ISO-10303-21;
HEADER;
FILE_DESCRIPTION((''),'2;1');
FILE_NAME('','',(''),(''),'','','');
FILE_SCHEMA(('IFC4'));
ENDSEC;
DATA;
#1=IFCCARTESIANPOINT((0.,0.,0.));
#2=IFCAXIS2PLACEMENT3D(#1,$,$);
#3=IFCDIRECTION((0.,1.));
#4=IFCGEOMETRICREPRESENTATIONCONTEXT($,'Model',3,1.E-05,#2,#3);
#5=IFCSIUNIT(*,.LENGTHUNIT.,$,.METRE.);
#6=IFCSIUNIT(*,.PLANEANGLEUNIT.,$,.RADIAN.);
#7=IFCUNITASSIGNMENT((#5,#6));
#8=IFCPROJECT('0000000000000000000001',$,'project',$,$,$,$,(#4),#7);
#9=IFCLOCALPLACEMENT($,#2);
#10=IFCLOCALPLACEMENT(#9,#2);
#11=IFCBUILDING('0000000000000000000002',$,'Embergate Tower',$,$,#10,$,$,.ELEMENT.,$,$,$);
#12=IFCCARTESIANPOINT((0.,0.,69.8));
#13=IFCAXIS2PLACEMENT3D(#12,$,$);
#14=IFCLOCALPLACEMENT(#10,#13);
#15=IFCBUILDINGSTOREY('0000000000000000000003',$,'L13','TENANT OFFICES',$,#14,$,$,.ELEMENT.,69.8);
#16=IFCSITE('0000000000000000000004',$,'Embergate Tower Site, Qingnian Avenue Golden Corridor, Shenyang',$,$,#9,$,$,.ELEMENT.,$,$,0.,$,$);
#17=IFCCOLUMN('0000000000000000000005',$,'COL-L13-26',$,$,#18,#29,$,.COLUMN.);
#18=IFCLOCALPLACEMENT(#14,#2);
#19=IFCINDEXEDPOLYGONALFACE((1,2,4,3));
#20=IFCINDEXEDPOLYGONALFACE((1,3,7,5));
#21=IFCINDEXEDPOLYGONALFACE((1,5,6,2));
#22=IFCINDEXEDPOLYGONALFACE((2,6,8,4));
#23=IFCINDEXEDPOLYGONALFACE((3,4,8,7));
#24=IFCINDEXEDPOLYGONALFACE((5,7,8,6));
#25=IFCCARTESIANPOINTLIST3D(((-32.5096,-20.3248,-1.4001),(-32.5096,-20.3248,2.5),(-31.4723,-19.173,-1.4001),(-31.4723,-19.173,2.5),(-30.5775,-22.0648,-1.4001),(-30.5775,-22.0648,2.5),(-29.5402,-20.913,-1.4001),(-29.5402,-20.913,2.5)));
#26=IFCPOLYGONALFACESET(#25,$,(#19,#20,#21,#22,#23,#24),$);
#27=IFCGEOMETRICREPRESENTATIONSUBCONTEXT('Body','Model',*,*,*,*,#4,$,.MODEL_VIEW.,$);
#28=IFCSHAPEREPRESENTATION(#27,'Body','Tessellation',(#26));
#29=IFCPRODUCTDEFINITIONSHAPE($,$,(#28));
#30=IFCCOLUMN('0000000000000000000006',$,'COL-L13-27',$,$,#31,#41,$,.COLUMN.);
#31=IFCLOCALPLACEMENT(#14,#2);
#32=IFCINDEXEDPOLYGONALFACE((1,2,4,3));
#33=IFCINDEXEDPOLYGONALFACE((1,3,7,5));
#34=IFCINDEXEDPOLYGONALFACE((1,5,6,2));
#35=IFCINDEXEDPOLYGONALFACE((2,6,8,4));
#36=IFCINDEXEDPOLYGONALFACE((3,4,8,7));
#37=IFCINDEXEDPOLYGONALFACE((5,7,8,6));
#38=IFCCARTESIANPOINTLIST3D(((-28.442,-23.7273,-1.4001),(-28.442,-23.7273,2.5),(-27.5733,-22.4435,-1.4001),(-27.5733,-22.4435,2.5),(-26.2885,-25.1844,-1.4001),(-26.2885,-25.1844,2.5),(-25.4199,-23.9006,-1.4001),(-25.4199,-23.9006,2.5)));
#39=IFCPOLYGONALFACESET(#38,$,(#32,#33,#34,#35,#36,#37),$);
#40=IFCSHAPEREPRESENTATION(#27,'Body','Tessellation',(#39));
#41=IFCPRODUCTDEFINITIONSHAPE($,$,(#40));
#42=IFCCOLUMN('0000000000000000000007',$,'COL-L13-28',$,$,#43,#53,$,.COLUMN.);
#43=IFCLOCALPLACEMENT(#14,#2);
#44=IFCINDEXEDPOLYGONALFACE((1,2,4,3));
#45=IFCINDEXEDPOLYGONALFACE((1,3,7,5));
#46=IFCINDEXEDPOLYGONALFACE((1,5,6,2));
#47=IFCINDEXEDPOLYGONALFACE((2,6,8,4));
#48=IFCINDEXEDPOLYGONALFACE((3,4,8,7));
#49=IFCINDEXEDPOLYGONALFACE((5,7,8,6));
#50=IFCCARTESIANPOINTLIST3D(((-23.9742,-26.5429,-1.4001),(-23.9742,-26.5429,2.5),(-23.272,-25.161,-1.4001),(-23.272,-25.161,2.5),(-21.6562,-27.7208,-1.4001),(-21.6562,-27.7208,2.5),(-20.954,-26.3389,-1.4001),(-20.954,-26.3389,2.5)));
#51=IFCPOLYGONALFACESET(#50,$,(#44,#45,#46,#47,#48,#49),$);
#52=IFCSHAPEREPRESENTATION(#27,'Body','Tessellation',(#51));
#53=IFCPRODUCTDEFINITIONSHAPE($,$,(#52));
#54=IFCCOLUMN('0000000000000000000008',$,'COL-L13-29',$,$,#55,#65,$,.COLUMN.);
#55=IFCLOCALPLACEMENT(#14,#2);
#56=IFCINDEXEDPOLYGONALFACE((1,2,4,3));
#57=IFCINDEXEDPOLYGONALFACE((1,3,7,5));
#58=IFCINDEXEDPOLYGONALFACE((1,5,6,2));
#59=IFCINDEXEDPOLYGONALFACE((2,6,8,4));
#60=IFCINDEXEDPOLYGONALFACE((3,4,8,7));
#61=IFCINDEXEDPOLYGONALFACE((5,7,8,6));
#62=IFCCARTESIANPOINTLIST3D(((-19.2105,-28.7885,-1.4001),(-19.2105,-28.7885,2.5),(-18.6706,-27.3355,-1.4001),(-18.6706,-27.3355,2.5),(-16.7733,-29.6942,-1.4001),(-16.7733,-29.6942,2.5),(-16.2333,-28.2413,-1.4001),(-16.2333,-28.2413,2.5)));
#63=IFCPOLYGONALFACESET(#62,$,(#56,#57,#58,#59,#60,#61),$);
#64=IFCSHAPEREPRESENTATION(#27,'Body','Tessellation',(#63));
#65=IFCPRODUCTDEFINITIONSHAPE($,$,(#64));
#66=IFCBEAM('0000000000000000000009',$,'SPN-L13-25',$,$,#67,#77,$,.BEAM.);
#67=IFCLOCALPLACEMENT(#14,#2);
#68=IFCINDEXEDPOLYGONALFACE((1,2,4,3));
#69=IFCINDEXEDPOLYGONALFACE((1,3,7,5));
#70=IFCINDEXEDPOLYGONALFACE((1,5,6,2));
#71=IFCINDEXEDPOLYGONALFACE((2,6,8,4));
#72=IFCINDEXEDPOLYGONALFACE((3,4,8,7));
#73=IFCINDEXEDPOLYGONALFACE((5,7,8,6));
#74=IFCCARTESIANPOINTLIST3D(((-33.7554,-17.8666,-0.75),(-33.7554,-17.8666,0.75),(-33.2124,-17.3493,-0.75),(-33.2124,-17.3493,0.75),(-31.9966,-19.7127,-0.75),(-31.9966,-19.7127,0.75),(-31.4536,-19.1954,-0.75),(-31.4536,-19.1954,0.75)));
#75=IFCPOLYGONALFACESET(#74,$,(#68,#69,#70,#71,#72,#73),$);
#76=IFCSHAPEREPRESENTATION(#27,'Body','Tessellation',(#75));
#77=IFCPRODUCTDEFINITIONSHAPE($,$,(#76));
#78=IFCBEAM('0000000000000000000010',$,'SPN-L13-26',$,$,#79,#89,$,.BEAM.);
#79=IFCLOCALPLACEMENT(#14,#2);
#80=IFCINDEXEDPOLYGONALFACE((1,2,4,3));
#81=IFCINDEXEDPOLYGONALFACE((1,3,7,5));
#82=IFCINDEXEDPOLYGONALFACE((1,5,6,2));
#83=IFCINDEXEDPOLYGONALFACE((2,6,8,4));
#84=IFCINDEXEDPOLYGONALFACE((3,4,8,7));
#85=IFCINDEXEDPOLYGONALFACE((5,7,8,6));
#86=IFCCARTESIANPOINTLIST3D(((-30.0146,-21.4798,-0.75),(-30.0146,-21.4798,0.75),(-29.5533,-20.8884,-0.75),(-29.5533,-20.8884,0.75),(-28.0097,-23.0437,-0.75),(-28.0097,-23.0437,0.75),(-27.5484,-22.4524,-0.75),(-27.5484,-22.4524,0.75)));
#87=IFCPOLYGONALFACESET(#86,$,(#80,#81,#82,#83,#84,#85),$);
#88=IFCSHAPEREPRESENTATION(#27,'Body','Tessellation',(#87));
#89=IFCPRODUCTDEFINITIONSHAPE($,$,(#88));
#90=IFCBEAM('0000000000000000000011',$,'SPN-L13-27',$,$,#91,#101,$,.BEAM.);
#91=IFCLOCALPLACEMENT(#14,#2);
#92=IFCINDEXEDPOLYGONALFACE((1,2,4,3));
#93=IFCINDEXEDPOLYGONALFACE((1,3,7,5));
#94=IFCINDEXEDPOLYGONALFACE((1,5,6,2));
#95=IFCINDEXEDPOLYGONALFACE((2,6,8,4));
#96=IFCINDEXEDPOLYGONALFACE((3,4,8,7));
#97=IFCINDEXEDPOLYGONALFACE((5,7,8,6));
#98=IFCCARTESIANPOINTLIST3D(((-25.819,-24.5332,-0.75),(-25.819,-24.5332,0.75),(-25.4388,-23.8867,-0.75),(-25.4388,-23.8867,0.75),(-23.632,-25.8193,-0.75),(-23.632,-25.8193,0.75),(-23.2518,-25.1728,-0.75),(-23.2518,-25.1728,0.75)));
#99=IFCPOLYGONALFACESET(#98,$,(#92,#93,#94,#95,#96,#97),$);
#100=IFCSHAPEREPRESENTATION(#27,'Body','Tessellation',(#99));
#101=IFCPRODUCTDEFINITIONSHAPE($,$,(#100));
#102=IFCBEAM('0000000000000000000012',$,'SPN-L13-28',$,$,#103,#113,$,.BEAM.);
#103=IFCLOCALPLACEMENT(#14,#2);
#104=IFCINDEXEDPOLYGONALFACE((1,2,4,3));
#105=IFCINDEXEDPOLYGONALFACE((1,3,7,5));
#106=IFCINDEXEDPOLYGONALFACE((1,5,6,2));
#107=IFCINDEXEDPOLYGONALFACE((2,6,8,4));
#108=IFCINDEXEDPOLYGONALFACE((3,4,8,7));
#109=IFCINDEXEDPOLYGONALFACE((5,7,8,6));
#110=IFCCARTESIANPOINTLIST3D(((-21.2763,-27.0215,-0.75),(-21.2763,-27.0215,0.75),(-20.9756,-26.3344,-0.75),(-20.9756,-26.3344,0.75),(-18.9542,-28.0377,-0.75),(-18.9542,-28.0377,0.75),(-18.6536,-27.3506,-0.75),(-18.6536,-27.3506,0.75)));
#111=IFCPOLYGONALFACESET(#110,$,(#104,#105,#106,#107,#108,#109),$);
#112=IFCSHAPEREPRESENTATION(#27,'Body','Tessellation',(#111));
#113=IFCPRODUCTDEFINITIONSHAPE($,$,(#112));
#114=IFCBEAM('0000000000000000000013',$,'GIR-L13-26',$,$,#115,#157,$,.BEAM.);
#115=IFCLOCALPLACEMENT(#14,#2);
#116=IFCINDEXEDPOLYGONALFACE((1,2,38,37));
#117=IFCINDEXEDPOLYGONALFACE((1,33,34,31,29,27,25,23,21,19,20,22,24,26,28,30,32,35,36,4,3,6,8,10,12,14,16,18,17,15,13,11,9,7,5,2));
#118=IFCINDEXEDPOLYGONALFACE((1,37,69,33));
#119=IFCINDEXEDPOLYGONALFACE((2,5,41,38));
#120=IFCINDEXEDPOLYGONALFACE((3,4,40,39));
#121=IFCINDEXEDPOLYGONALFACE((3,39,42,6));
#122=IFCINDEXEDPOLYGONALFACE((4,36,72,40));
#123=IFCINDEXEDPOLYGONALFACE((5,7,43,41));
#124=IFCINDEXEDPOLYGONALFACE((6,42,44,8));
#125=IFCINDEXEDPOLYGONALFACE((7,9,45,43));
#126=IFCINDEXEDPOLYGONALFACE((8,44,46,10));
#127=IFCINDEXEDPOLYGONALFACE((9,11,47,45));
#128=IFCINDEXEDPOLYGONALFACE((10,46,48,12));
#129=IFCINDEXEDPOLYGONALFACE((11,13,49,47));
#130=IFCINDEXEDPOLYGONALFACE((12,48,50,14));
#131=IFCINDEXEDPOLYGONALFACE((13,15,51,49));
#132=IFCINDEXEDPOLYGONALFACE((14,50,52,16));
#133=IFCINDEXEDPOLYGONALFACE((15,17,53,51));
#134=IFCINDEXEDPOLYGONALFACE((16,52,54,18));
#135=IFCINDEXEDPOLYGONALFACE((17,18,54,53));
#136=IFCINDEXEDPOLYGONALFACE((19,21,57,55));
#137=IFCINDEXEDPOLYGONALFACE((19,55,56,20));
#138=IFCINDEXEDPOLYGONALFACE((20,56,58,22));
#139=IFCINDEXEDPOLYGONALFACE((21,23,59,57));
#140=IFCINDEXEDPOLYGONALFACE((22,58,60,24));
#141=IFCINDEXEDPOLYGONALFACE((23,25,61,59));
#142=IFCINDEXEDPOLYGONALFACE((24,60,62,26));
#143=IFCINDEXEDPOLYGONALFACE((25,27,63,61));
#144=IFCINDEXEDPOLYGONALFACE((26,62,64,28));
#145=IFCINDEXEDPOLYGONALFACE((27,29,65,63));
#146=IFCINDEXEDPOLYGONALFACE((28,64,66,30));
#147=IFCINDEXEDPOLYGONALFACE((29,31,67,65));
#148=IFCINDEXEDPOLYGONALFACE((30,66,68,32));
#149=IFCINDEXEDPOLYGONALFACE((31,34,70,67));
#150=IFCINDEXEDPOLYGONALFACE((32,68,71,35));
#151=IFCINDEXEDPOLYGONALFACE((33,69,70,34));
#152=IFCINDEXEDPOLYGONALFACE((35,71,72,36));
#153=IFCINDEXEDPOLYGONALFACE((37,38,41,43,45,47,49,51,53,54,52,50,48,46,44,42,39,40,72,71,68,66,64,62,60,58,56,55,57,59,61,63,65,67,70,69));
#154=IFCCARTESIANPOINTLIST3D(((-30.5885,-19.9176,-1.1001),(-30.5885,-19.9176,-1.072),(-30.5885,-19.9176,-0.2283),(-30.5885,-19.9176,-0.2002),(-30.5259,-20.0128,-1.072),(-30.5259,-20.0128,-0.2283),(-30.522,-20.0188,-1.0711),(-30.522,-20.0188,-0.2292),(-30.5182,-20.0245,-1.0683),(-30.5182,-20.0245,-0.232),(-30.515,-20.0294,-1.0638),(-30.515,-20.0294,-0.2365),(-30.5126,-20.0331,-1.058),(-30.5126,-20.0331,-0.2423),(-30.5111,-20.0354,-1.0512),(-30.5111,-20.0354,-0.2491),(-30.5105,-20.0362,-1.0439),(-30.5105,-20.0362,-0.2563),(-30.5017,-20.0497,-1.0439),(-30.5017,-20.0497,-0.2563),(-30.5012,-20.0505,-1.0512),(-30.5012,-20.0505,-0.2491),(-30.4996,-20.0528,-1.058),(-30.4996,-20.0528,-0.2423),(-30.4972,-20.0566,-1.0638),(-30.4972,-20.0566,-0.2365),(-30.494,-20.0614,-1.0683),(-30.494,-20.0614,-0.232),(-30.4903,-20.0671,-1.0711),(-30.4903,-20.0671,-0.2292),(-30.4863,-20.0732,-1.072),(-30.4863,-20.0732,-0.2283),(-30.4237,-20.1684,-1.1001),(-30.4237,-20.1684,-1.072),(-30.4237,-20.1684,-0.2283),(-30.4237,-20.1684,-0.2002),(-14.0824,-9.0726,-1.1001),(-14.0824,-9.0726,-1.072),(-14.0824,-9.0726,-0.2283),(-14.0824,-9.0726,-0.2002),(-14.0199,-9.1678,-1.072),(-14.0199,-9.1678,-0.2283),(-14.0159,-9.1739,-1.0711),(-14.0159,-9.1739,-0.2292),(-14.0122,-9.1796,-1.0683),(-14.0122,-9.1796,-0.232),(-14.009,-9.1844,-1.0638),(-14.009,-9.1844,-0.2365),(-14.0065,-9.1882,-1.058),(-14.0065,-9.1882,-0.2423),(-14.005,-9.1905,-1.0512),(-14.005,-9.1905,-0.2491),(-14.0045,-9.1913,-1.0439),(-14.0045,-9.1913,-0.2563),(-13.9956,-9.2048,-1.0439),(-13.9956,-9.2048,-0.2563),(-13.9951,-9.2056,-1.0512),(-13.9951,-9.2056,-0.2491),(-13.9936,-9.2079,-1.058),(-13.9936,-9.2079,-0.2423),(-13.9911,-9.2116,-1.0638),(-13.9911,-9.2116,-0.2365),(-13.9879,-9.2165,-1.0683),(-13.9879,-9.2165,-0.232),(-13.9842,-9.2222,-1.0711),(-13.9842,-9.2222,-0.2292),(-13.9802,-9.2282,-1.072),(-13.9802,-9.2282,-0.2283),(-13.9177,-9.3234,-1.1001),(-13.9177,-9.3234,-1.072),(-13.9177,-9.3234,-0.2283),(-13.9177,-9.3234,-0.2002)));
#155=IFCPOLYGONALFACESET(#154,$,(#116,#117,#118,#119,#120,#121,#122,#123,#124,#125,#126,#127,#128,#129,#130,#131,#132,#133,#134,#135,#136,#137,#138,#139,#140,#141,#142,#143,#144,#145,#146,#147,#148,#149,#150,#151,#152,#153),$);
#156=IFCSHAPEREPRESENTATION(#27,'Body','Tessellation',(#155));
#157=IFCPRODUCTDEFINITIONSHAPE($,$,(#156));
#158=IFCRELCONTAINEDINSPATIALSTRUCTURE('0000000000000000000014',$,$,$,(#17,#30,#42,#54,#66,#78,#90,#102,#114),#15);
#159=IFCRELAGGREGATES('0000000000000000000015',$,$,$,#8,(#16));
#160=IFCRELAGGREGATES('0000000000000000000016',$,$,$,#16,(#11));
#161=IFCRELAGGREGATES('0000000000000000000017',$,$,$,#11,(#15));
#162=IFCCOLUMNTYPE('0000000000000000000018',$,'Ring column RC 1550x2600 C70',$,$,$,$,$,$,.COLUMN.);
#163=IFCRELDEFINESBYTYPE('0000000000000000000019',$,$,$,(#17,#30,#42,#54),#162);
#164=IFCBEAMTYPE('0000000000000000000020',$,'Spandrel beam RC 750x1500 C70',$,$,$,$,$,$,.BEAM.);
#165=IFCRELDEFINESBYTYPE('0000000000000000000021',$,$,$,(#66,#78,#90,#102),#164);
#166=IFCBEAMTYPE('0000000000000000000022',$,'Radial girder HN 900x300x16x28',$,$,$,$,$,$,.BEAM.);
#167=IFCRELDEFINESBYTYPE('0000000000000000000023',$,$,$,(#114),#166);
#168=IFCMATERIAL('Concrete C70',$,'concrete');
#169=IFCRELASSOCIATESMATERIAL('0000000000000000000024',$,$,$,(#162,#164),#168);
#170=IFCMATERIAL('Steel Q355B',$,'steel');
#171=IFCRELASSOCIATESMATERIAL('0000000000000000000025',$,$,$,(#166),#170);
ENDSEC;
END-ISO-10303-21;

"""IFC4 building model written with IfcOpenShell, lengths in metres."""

from ifc_helpers import new_model, si_unit, direction, frame, origin, origin_2d, place, context, subcontext, project, spatial, rectangle, i_section, extrude, source, transform, mapped, material, material_profile, profile_set, type_object, element, save


model = new_model("IFC4")

# Units and contexts
model_context = context("Model", 3, precision=1e-05, world=origin(), true_north=direction((0.0, 1.0)))
body_context = subcontext(model_context, "Body", "Model", "MODEL_VIEW")
ifc_project = project(units=[si_unit("LENGTHUNIT", "METRE"), si_unit("PLANEANGLEUNIT", "RADIAN")], contexts=[model_context])

# Site, building, storey
site_placement = place(None, origin())
site = spatial("IfcSite", under=ifc_project, at=site_placement, Name="Embergate Tower Site, Qingnian Avenue Golden Corridor, Shenyang", CompositionType="ELEMENT", RefElevation=0.0)
building_placement = place(site_placement, origin())
building = spatial("IfcBuilding", under=site, at=building_placement, Name="Embergate Tower", CompositionType="ELEMENT")
storey_placement = place(building_placement, frame((0.0, 0.0, 69.8)))
storey = spatial("IfcBuildingStorey", under=building, at=storey_placement, Name="L13", Description="TENANT OFFICES", CompositionType="ELEMENT", Elevation=69.8)

# Columns
ifc_material_1 = material(Name="Concrete C70", Category="concrete")
ifc_material_profile_1 = material_profile(ifc_material_1, rectangle(XDim=1.55, YDim=2.6001, at=origin_2d()), Name="RC 1550x2600")
ifc_profile_set_1 = profile_set([ifc_material_profile_1], Name="Concrete C70")
column_type = type_object("IfcColumnType", Name="Ring column RC 1550x2600 C70", PredefinedType="COLUMN", material=ifc_profile_set_1)
shared_shape_1 = source(origin(), body_context, "Body", "SweptSolid", [
    extrude(rectangle(XDim=1.55, YDim=2.6001, at=origin_2d()), origin(), (0.0, 0.0, 1.0), 3.9001),
])
for number, where, z_axis, x_axis, name in (
    (1, (-31.0249, -20.6189, -1.4001), (0.0, 0.0, 1.0), (-0.669208, -0.743075, 0.0), "COL-L13-26"),
    (2, (-26.9309, -23.814, -1.4001), (0.0, 0.0, 1.0), (-0.560393, -0.828227, 0.0), "COL-L13-27"),
    (3, (-22.4641, -26.4409, -1.4001), (0.0, 0.0, 1.0), (-0.453011, -0.891505, 0.0), "COL-L13-28"),
    (4, (-17.7219, -28.5149, -1.4001), (0.0, 0.0, 1.0), (-0.348343, -0.937367, 0.0), "COL-L13-29"),
):
    element("IfcColumn", number, at=place(storey_placement, frame(where, z_axis=z_axis, x_axis=x_axis)), inside=storey, type_object=column_type, Name=name, PredefinedType="COLUMN", context=body_context, shape_type="MappedRepresentation", body=[
        mapped(shared_shape_1, transform((0.0, 0.0, 0.0))),
    ])

# Beams
ifc_material_profile_2 = material_profile(ifc_material_1, rectangle(XDim=0.75, YDim=1.5, at=origin_2d()), Name="RC 750x1500")
ifc_profile_set_2 = profile_set([ifc_material_profile_2], Name="Concrete C70")
beam_type_1 = type_object("IfcBeamType", Name="Spandrel beam RC 750x1500 C70", PredefinedType="BEAM", material=ifc_profile_set_2)
shared_shape_2 = source(origin(), body_context, "Body", "SweptSolid", [
    extrude(rectangle(XDim=0.75, YDim=1.5, at=origin_2d()), origin(), (0.0, 0.0, 1.0), 2.5498),
])
beam_1_placement = place(storey_placement, frame((-33.4839, -17.6079, 0.0), z_axis=(0.68976, -0.724038, 0.0), x_axis=(0.724038, 0.68976, 0.0)))
element("IfcBeam", 5, at=beam_1_placement, inside=storey, type_object=beam_type_1, Name="SPN-L13-25", PredefinedType="BEAM", context=body_context, shape_type="MappedRepresentation", body=[
    mapped(shared_shape_2, transform((0.0, 0.0, 0.0))),
])
shared_shape_3 = source(origin(), body_context, "Body", "SweptSolid", [
    extrude(rectangle(XDim=0.75, YDim=1.5, at=origin_2d()), origin(), (0.0, 0.0, 1.0), 2.5427),
])
beam_2_placement = place(storey_placement, frame((-29.7839, -21.1841, 0.0), z_axis=(0.788473, -0.61507, 0.0), x_axis=(0.61507, 0.788473, 0.0)))
element("IfcBeam", 6, at=beam_2_placement, inside=storey, type_object=beam_type_1, Name="SPN-L13-26", PredefinedType="BEAM", context=body_context, shape_type="MappedRepresentation", body=[
    mapped(shared_shape_3, transform((0.0, 0.0, 0.0))),
])
shared_shape_4 = source(origin(), body_context, "Body", "SweptSolid", [
    extrude(rectangle(XDim=0.75, YDim=1.5, at=origin_2d()), origin(), (0.0, 0.0, 1.0), 2.5371),
])
beam_3_placement = place(storey_placement, frame((-25.6289, -24.21, 0.0), z_axis=(0.861994, -0.506919, 0.0), x_axis=(0.506919, 0.861994, 0.0)))
element("IfcBeam", 7, at=beam_3_placement, inside=storey, type_object=beam_type_1, Name="SPN-L13-27", PredefinedType="BEAM", context=body_context, shape_type="MappedRepresentation", body=[
    mapped(shared_shape_4, transform((0.0, 0.0, 0.0))),
])
shared_shape_5 = source(origin(), body_context, "Body", "SweptSolid", [
    extrude(rectangle(XDim=0.75, YDim=1.5, at=origin_2d()), origin(), (0.0, 0.0, 1.0), 2.5347),
])
beam_4_placement = place(storey_placement, frame((-21.126, -26.678, 0.0), z_axis=(0.916124, -0.400895, 0.0), x_axis=(0.400895, 0.916124, 0.0)))
element("IfcBeam", 8, at=beam_4_placement, inside=storey, type_object=beam_type_1, Name="SPN-L13-28", PredefinedType="BEAM", context=body_context, shape_type="MappedRepresentation", body=[
    mapped(shared_shape_5, transform((0.0, 0.0, 0.0))),
])
ifc_material_2 = material(Name="Steel Q355B", Category="steel")
ifc_material_profile_3 = material_profile(ifc_material_2, i_section(OverallWidth=0.3, OverallDepth=0.8999, WebThickness=0.0161, FlangeThickness=0.0281, FilletRadius=0.0281, at=origin_2d()), Name="HN 900x300x16x28")
ifc_profile_set_3 = profile_set([ifc_material_profile_3], Name="Steel Q355 grade B")
beam_type_2 = type_object("IfcBeamType", Name="Radial girder HN 900x300x16x28", PredefinedType="BEAM", material=ifc_profile_set_3)
shared_shape_6 = source(origin(), body_context, "Body", "SweptSolid", [
    extrude(i_section(OverallWidth=0.3, OverallDepth=0.8999, WebThickness=0.0161, FlangeThickness=0.0281, FilletRadius=0.0281, at=origin_2d()), origin(), (0.0, 0.0, 1.0), 19.75),
])
beam_5_placement = place(storey_placement, frame((-30.5061, -20.043, -0.6501), z_axis=(0.83575, 0.549111, 0.0), x_axis=(-0.549111, 0.83575, 0.0)))
element("IfcBeam", 9, at=beam_5_placement, inside=storey, type_object=beam_type_2, Name="GIR-L13-26", PredefinedType="BEAM", context=body_context, shape_type="MappedRepresentation", body=[
    mapped(shared_shape_6, transform((0.0, 0.0, 0.0))),
])

save(model, "model.ifc")
